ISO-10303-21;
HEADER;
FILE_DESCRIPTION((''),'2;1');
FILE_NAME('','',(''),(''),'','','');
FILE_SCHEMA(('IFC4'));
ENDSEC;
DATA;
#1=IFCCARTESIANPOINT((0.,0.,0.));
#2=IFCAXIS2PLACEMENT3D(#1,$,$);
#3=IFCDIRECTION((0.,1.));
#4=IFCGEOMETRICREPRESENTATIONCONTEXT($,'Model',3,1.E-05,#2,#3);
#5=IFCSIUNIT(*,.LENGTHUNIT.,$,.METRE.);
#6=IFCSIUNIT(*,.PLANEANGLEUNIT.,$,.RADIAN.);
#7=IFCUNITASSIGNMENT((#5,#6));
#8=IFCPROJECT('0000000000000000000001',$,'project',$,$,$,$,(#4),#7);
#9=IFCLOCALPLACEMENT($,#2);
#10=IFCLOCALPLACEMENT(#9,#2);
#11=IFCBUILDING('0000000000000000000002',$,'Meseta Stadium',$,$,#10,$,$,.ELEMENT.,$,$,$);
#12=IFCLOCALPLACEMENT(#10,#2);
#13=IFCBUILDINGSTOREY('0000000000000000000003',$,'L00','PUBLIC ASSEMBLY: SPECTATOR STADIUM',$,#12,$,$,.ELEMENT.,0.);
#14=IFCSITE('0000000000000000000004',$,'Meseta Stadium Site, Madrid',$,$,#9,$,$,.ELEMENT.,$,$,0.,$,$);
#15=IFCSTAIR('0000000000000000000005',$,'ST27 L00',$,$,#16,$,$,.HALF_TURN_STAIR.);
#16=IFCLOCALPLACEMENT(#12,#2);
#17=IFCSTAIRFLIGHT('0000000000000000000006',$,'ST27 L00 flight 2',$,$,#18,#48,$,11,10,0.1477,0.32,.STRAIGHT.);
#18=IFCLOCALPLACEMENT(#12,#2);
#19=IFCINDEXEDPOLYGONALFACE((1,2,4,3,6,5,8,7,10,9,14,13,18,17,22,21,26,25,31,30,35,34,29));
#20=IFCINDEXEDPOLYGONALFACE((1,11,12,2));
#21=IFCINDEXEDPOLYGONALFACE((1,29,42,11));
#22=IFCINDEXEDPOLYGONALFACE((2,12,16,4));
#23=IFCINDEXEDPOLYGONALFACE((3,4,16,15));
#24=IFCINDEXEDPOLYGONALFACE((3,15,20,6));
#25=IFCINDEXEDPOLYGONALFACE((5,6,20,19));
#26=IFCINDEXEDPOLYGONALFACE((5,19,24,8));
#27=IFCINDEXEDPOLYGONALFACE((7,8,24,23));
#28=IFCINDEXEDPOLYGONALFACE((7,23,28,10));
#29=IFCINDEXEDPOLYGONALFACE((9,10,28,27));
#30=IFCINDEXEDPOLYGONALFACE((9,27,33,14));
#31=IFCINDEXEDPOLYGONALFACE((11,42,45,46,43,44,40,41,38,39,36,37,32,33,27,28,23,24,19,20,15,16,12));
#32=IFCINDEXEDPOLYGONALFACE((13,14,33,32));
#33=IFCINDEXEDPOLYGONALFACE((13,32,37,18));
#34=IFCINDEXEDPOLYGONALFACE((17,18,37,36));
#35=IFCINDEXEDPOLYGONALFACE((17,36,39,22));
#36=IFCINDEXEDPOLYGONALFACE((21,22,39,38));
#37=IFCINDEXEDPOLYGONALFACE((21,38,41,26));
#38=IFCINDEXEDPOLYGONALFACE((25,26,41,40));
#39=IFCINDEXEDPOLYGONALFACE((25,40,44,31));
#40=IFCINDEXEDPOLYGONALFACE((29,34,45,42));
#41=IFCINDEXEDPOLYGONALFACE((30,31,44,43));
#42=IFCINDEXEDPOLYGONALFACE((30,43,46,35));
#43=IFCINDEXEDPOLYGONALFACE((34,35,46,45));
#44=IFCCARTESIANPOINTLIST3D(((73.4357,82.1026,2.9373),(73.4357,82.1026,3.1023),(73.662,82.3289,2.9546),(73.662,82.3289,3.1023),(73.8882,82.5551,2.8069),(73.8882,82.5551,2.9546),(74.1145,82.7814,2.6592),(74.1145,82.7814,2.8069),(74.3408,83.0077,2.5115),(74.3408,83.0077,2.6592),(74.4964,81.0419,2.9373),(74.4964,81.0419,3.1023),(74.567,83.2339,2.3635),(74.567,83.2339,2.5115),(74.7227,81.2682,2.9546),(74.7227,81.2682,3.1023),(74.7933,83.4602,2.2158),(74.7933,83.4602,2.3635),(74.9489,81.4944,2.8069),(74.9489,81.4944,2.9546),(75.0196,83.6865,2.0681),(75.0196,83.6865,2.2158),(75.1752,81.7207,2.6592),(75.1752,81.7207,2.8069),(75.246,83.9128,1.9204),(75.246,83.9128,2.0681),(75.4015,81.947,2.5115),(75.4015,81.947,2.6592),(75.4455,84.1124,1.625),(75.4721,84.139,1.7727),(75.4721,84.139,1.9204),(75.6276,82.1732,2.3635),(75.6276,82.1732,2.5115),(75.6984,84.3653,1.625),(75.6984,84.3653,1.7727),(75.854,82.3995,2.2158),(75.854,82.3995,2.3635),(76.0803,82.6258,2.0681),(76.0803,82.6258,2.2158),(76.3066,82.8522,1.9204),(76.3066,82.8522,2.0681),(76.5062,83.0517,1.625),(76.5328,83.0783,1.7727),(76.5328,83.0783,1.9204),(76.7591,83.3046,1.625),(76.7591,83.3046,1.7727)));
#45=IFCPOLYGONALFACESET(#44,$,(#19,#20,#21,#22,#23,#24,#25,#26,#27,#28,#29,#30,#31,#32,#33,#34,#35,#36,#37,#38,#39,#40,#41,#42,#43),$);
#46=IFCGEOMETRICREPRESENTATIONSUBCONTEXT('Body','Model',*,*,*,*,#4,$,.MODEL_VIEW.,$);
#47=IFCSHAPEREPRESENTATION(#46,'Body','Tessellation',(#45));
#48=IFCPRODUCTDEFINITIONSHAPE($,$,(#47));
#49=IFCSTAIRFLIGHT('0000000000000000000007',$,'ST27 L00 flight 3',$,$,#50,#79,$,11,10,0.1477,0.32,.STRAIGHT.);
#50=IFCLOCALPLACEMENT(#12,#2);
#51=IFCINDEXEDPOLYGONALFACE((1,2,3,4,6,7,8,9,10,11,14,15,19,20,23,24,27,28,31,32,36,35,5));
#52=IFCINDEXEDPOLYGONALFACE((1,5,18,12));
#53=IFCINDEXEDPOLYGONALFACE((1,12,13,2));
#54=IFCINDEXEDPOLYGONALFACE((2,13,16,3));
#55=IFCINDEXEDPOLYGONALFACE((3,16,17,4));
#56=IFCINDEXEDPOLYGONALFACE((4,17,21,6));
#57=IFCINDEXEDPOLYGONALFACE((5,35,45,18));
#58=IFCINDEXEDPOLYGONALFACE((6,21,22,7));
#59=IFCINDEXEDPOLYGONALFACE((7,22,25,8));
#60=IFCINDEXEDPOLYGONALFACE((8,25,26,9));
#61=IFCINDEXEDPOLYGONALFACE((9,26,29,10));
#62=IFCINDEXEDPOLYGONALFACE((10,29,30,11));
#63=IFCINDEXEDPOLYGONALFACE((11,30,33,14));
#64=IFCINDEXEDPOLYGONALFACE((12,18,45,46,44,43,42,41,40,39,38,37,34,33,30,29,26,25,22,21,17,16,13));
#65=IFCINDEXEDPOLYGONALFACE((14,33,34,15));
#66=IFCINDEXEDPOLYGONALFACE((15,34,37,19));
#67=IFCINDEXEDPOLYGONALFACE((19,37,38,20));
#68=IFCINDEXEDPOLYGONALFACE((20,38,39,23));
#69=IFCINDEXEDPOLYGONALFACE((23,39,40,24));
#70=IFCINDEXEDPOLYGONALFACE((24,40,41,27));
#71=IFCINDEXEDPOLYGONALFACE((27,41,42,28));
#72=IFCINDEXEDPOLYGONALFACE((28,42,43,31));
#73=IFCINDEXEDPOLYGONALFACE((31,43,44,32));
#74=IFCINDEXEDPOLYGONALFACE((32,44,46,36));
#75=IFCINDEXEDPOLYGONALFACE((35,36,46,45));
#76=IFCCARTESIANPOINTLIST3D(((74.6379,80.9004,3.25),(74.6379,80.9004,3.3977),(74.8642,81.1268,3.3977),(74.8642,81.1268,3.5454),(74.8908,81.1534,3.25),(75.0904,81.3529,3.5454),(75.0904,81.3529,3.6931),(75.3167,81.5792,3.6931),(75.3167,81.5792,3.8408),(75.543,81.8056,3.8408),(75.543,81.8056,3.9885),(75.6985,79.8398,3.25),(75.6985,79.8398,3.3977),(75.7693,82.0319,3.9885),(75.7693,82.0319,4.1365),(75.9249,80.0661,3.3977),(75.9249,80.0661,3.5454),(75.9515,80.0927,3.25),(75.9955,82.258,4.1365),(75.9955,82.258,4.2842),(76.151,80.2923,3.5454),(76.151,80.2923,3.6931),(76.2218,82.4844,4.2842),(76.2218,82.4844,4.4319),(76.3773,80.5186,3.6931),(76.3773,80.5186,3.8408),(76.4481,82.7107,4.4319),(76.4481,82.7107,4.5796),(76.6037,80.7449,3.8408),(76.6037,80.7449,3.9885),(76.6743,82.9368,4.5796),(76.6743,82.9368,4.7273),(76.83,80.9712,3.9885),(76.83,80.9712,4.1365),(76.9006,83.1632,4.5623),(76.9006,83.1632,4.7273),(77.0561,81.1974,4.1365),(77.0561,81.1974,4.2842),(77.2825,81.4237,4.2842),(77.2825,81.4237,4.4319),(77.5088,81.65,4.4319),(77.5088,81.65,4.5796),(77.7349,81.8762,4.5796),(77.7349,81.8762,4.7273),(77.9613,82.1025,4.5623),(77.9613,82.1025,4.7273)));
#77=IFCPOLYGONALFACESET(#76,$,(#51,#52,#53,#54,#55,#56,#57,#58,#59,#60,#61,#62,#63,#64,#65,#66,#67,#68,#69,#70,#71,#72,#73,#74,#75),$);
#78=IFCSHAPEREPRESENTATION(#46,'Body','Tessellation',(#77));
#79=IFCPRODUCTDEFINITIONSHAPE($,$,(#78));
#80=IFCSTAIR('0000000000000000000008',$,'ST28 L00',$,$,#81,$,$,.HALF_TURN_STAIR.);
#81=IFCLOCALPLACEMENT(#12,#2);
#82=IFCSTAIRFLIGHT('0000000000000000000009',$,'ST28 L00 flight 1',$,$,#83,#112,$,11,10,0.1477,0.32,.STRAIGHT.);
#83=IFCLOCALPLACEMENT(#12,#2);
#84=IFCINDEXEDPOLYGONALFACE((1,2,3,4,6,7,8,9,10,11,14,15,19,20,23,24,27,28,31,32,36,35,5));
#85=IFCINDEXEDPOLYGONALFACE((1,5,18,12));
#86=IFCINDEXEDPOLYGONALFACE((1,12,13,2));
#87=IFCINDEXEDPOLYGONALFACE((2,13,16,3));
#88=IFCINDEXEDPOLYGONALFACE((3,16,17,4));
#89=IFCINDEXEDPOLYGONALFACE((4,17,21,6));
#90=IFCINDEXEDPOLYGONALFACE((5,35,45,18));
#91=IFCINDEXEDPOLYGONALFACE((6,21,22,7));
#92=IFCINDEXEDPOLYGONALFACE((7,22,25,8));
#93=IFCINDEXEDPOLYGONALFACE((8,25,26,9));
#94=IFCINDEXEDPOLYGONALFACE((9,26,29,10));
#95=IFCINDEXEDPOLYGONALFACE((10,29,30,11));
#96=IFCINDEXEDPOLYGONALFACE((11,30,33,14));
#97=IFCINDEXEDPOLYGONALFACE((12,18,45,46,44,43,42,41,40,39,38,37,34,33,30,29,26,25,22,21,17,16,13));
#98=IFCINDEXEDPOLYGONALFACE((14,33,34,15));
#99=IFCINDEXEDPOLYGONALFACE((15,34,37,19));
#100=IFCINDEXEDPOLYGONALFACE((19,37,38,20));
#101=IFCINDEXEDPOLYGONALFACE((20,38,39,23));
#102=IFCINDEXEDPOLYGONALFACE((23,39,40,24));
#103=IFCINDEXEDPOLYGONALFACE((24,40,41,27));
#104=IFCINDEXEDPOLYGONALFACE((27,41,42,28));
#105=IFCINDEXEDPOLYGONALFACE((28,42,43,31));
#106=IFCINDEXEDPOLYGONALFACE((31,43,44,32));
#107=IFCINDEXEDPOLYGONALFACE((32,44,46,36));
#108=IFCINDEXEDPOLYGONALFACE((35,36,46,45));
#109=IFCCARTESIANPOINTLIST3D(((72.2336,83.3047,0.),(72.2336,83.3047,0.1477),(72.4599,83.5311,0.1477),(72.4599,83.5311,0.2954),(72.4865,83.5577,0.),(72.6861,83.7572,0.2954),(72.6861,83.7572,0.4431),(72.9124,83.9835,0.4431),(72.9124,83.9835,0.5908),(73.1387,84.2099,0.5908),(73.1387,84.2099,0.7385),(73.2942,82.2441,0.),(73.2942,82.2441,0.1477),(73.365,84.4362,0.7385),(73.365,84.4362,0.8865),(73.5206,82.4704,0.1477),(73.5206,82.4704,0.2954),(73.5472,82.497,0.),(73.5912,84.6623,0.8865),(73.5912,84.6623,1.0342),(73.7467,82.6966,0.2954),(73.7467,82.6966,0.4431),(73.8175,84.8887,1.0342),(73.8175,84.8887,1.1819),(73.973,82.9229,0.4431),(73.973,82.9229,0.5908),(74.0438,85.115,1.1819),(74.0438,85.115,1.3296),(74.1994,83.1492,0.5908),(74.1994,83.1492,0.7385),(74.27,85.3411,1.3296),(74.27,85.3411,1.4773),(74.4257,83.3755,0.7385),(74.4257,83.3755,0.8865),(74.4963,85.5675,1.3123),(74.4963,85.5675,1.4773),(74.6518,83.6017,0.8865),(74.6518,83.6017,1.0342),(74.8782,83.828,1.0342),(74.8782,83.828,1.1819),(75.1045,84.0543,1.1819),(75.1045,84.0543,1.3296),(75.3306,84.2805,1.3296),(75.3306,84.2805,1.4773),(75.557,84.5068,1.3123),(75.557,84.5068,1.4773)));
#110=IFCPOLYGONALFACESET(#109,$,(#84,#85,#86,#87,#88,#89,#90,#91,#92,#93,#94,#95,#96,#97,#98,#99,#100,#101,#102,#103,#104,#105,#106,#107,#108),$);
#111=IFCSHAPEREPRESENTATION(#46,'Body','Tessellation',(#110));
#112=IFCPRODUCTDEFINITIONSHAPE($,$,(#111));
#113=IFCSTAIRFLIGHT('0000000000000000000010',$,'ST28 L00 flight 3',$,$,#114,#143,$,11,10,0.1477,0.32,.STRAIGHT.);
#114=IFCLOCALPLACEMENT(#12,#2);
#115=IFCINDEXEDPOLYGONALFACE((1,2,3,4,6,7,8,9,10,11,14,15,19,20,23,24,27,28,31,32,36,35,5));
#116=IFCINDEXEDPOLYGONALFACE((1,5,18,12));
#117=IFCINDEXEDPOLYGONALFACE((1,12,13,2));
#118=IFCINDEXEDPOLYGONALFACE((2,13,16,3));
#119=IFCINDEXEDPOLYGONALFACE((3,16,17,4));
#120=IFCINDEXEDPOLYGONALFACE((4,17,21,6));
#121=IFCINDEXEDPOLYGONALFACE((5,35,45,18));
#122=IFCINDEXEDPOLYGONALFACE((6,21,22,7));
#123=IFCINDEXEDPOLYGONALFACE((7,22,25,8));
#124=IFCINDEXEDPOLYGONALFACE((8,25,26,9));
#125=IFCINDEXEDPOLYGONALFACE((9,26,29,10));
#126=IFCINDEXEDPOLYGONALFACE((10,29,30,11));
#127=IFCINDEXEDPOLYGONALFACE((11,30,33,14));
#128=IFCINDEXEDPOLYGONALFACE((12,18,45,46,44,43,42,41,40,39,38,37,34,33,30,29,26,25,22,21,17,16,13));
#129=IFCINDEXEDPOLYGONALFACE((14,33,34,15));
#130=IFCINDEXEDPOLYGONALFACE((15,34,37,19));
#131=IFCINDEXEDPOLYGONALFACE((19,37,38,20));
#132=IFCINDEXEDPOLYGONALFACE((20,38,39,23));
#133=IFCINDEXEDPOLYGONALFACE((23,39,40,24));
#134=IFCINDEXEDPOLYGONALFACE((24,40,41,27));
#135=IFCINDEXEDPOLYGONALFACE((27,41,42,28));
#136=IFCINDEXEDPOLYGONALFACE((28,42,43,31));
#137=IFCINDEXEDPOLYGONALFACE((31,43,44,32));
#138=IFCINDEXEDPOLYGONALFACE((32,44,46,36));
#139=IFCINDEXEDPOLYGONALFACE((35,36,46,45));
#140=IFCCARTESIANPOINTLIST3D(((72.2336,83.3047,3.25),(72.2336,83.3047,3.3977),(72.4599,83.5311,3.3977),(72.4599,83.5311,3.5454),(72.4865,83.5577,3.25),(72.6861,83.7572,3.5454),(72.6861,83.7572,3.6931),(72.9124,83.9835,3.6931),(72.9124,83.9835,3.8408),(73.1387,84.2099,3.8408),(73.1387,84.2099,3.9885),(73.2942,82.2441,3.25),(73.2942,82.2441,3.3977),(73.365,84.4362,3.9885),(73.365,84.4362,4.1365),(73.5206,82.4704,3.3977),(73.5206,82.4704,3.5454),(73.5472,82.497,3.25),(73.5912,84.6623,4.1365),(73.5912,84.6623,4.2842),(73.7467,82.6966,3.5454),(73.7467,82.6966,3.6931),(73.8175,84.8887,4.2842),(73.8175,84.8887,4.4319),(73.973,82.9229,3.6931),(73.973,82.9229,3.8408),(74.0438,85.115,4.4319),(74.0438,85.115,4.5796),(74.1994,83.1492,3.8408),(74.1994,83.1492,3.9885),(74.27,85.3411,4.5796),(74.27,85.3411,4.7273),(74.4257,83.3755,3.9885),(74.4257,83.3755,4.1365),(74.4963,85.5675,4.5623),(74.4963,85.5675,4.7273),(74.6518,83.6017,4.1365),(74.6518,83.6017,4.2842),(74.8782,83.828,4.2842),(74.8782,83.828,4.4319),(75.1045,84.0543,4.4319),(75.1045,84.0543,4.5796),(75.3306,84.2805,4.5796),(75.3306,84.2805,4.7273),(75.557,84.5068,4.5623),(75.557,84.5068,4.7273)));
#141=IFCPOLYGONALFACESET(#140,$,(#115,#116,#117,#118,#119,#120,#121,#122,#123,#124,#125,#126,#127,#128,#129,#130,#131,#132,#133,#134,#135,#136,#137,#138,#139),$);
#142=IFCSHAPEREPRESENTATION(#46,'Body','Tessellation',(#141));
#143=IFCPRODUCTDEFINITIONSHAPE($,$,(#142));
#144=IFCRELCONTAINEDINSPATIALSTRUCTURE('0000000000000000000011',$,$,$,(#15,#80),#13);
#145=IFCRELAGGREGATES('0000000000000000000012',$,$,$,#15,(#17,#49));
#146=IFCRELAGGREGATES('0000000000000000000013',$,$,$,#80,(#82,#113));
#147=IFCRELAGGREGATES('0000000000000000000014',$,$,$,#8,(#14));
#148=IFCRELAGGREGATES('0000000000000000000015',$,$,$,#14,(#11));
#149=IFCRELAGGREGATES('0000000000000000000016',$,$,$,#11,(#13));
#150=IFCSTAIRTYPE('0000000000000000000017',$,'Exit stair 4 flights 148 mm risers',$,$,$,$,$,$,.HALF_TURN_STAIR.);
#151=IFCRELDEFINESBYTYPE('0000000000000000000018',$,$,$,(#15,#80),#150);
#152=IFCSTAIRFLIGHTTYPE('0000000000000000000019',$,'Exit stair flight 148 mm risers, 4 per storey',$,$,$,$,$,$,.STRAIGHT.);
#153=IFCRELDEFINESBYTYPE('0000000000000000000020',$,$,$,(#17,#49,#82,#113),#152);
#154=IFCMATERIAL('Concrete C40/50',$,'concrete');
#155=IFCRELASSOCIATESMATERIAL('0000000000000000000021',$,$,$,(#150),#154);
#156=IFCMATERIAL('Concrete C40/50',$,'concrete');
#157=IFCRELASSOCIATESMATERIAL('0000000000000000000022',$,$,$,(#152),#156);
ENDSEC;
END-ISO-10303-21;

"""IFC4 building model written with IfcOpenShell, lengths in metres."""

from ifc_helpers import new_model, si_unit, direction, frame, origin, place, context, subcontext, project, spatial, polyline, outline, extrude, material, type_object, element, aggregate, save


model = new_model("IFC4")

# Units and contexts
model_context = context("Model", 3, precision=1e-05, world=origin(), true_north=direction((0.0, 1.0)))
body_context = subcontext(model_context, "Body", "Model", "MODEL_VIEW")
ifc_project = project(units=[si_unit("LENGTHUNIT", "METRE"), si_unit("PLANEANGLEUNIT", "RADIAN")], contexts=[model_context])

# Site, building, storey
site_placement = place(None, origin())
site = spatial("IfcSite", under=ifc_project, at=site_placement, Name="Meseta Stadium Site, Madrid", CompositionType="ELEMENT", RefElevation=0.0)
building_placement = place(site_placement, origin())
building = spatial("IfcBuilding", under=site, at=building_placement, Name="Meseta Stadium", CompositionType="ELEMENT")
storey_placement = place(building_placement, origin())
storey = spatial("IfcBuildingStorey", under=building, at=storey_placement, Name="L00", Description="PUBLIC ASSEMBLY: SPECTATOR STADIUM", CompositionType="ELEMENT", Elevation=0.0)

# Stairs, stair flights
ifc_material_1 = material(Name="Concrete C40/50", Category="concrete")
stair_type = type_object("IfcStairType", Name="Exit stair 4 flights 148 mm risers", PredefinedType="HALF_TURN_STAIR", material=ifc_material_1)
ifc_material_2 = material(Name="Concrete C40/50", Category="concrete")
stair_flight_type = type_object("IfcStairFlightType", Name="Exit stair flight 148 mm risers, 4 per storey", PredefinedType="STRAIGHT", material=ifc_material_2)
stair_1_placement = place(storey_placement, origin())
stair_1 = element("IfcStair", 1, at=stair_1_placement, inside=storey, type_object=stair_type, Name="ST27 L00", PredefinedType="HALF_TURN_STAIR")
stair_flight_1_placement = place(storey_placement, frame((76.2288, 83.835, 1.625), z_axis=(0.0, 0.0, 1.0), x_axis=(-0.707107, -0.707107, 0.0)))
stair_flight_1 = element("IfcStairFlight", 2, at=stair_flight_1_placement, type_object=stair_flight_type, Name="ST27 L00 flight 2", NumberOfRisers=11, NumberOfTreads=10, PredefinedType="STRAIGHT", RiserHeight=0.1477, TreadLength=0.32, context=body_context, shape_type="SweptSolid", body=[
    extrude(outline(polyline([(0.0, 0.0), (0.0, 0.1477), (0.3201, 0.1477), (0.3201, 0.2954), (0.6399, 0.2954), (0.6399, 0.4431), (0.96, 0.4431), (0.96, 0.5908), (1.28, 0.5908), (1.28, 0.7385), (1.6001, 0.7385), (1.6001, 0.8865), (1.9199, 0.8865), (1.9199, 1.0342), (2.24, 1.0342), (2.24, 1.1819), (2.5601, 1.1819), (2.5601, 1.3296), (2.8799, 1.3296), (2.8799, 1.4773), (3.2, 1.4773), (3.2, 1.3123), (0.3577, 0.0), (0.0, 0.0)])), frame((0.0, 0.75, 0.0), z_axis=(0.0, -1.0, 0.0), x_axis=(1.0, 0.0, 0.0)), (0.0, 0.0, 1.0), 1.5),
])
stair_flight_2_placement = place(storey_placement, frame((75.1682, 80.3701, 3.25), z_axis=(0.0, 0.0, 1.0), x_axis=(0.707107, 0.707107, 0.0)))
stair_flight_2 = element("IfcStairFlight", 3, at=stair_flight_2_placement, type_object=stair_flight_type, Name="ST27 L00 flight 3", NumberOfRisers=11, NumberOfTreads=10, PredefinedType="STRAIGHT", RiserHeight=0.1477, TreadLength=0.32, context=body_context, shape_type="SweptSolid", body=[
    extrude(outline(polyline([(0.0, 0.0), (0.0, 0.1477), (0.3201, 0.1477), (0.3201, 0.2954), (0.6399, 0.2954), (0.6399, 0.4431), (0.96, 0.4431), (0.96, 0.5908), (1.28, 0.5908), (1.28, 0.7385), (1.6001, 0.7385), (1.6001, 0.8865), (1.9199, 0.8865), (1.9199, 1.0342), (2.24, 1.0342), (2.24, 1.1819), (2.5601, 1.1819), (2.5601, 1.3296), (2.8799, 1.3296), (2.8799, 1.4773), (3.2, 1.4773), (3.2, 1.3123), (0.3577, 0.0), (0.0, 0.0)])), frame((0.0, 0.75, 0.0), z_axis=(0.0, -1.0, 0.0), x_axis=(1.0, 0.0, 0.0)), (0.0, 0.0, 1.0), 1.5),
])
aggregate(stair_1, [stair_flight_1, stair_flight_2])
stair_2_placement = place(storey_placement, origin())
stair_2 = element("IfcStair", 4, at=stair_2_placement, inside=storey, type_object=stair_type, Name="ST28 L00", PredefinedType="HALF_TURN_STAIR")
stair_flight_3_placement = place(storey_placement, frame((72.7639, 82.7744, 0.0), z_axis=(0.0, 0.0, 1.0), x_axis=(0.707107, 0.707107, 0.0)))
stair_flight_3 = element("IfcStairFlight", 5, at=stair_flight_3_placement, type_object=stair_flight_type, Name="ST28 L00 flight 1", NumberOfRisers=11, NumberOfTreads=10, PredefinedType="STRAIGHT", RiserHeight=0.1477, TreadLength=0.32, context=body_context, shape_type="SweptSolid", body=[
    extrude(outline(polyline([(0.0, 0.0), (0.0, 0.1477), (0.3201, 0.1477), (0.3201, 0.2954), (0.6399, 0.2954), (0.6399, 0.4431), (0.96, 0.4431), (0.96, 0.5908), (1.28, 0.5908), (1.28, 0.7385), (1.6001, 0.7385), (1.6001, 0.8865), (1.9199, 0.8865), (1.9199, 1.0342), (2.24, 1.0342), (2.24, 1.1819), (2.5601, 1.1819), (2.5601, 1.3296), (2.8799, 1.3296), (2.8799, 1.4773), (3.2, 1.4773), (3.2, 1.3123), (0.3577, 0.0), (0.0, 0.0)])), frame((0.0, 0.75, 0.0), z_axis=(0.0, -1.0, 0.0), x_axis=(1.0, 0.0, 0.0)), (0.0, 0.0, 1.0), 1.5),
])
stair_flight_4_placement = place(storey_placement, frame((72.7639, 82.7744, 3.25), z_axis=(0.0, 0.0, 1.0), x_axis=(0.707107, 0.707107, 0.0)))
stair_flight_4 = element("IfcStairFlight", 6, at=stair_flight_4_placement, type_object=stair_flight_type, Name="ST28 L00 flight 3", NumberOfRisers=11, NumberOfTreads=10, PredefinedType="STRAIGHT", RiserHeight=0.1477, TreadLength=0.32, context=body_context, shape_type="SweptSolid", body=[
    extrude(outline(polyline([(0.0, 0.0), (0.0, 0.1477), (0.3201, 0.1477), (0.3201, 0.2954), (0.6399, 0.2954), (0.6399, 0.4431), (0.96, 0.4431), (0.96, 0.5908), (1.28, 0.5908), (1.28, 0.7385), (1.6001, 0.7385), (1.6001, 0.8865), (1.9199, 0.8865), (1.9199, 1.0342), (2.24, 1.0342), (2.24, 1.1819), (2.5601, 1.1819), (2.5601, 1.3296), (2.8799, 1.3296), (2.8799, 1.4773), (3.2, 1.4773), (3.2, 1.3123), (0.3577, 0.0), (0.0, 0.0)])), frame((0.0, 0.75, 0.0), z_axis=(0.0, -1.0, 0.0), x_axis=(1.0, 0.0, 0.0)), (0.0, 0.0, 1.0), 1.5),
])
aggregate(stair_2, [stair_flight_3, stair_flight_4])

save(model, "model.ifc")
